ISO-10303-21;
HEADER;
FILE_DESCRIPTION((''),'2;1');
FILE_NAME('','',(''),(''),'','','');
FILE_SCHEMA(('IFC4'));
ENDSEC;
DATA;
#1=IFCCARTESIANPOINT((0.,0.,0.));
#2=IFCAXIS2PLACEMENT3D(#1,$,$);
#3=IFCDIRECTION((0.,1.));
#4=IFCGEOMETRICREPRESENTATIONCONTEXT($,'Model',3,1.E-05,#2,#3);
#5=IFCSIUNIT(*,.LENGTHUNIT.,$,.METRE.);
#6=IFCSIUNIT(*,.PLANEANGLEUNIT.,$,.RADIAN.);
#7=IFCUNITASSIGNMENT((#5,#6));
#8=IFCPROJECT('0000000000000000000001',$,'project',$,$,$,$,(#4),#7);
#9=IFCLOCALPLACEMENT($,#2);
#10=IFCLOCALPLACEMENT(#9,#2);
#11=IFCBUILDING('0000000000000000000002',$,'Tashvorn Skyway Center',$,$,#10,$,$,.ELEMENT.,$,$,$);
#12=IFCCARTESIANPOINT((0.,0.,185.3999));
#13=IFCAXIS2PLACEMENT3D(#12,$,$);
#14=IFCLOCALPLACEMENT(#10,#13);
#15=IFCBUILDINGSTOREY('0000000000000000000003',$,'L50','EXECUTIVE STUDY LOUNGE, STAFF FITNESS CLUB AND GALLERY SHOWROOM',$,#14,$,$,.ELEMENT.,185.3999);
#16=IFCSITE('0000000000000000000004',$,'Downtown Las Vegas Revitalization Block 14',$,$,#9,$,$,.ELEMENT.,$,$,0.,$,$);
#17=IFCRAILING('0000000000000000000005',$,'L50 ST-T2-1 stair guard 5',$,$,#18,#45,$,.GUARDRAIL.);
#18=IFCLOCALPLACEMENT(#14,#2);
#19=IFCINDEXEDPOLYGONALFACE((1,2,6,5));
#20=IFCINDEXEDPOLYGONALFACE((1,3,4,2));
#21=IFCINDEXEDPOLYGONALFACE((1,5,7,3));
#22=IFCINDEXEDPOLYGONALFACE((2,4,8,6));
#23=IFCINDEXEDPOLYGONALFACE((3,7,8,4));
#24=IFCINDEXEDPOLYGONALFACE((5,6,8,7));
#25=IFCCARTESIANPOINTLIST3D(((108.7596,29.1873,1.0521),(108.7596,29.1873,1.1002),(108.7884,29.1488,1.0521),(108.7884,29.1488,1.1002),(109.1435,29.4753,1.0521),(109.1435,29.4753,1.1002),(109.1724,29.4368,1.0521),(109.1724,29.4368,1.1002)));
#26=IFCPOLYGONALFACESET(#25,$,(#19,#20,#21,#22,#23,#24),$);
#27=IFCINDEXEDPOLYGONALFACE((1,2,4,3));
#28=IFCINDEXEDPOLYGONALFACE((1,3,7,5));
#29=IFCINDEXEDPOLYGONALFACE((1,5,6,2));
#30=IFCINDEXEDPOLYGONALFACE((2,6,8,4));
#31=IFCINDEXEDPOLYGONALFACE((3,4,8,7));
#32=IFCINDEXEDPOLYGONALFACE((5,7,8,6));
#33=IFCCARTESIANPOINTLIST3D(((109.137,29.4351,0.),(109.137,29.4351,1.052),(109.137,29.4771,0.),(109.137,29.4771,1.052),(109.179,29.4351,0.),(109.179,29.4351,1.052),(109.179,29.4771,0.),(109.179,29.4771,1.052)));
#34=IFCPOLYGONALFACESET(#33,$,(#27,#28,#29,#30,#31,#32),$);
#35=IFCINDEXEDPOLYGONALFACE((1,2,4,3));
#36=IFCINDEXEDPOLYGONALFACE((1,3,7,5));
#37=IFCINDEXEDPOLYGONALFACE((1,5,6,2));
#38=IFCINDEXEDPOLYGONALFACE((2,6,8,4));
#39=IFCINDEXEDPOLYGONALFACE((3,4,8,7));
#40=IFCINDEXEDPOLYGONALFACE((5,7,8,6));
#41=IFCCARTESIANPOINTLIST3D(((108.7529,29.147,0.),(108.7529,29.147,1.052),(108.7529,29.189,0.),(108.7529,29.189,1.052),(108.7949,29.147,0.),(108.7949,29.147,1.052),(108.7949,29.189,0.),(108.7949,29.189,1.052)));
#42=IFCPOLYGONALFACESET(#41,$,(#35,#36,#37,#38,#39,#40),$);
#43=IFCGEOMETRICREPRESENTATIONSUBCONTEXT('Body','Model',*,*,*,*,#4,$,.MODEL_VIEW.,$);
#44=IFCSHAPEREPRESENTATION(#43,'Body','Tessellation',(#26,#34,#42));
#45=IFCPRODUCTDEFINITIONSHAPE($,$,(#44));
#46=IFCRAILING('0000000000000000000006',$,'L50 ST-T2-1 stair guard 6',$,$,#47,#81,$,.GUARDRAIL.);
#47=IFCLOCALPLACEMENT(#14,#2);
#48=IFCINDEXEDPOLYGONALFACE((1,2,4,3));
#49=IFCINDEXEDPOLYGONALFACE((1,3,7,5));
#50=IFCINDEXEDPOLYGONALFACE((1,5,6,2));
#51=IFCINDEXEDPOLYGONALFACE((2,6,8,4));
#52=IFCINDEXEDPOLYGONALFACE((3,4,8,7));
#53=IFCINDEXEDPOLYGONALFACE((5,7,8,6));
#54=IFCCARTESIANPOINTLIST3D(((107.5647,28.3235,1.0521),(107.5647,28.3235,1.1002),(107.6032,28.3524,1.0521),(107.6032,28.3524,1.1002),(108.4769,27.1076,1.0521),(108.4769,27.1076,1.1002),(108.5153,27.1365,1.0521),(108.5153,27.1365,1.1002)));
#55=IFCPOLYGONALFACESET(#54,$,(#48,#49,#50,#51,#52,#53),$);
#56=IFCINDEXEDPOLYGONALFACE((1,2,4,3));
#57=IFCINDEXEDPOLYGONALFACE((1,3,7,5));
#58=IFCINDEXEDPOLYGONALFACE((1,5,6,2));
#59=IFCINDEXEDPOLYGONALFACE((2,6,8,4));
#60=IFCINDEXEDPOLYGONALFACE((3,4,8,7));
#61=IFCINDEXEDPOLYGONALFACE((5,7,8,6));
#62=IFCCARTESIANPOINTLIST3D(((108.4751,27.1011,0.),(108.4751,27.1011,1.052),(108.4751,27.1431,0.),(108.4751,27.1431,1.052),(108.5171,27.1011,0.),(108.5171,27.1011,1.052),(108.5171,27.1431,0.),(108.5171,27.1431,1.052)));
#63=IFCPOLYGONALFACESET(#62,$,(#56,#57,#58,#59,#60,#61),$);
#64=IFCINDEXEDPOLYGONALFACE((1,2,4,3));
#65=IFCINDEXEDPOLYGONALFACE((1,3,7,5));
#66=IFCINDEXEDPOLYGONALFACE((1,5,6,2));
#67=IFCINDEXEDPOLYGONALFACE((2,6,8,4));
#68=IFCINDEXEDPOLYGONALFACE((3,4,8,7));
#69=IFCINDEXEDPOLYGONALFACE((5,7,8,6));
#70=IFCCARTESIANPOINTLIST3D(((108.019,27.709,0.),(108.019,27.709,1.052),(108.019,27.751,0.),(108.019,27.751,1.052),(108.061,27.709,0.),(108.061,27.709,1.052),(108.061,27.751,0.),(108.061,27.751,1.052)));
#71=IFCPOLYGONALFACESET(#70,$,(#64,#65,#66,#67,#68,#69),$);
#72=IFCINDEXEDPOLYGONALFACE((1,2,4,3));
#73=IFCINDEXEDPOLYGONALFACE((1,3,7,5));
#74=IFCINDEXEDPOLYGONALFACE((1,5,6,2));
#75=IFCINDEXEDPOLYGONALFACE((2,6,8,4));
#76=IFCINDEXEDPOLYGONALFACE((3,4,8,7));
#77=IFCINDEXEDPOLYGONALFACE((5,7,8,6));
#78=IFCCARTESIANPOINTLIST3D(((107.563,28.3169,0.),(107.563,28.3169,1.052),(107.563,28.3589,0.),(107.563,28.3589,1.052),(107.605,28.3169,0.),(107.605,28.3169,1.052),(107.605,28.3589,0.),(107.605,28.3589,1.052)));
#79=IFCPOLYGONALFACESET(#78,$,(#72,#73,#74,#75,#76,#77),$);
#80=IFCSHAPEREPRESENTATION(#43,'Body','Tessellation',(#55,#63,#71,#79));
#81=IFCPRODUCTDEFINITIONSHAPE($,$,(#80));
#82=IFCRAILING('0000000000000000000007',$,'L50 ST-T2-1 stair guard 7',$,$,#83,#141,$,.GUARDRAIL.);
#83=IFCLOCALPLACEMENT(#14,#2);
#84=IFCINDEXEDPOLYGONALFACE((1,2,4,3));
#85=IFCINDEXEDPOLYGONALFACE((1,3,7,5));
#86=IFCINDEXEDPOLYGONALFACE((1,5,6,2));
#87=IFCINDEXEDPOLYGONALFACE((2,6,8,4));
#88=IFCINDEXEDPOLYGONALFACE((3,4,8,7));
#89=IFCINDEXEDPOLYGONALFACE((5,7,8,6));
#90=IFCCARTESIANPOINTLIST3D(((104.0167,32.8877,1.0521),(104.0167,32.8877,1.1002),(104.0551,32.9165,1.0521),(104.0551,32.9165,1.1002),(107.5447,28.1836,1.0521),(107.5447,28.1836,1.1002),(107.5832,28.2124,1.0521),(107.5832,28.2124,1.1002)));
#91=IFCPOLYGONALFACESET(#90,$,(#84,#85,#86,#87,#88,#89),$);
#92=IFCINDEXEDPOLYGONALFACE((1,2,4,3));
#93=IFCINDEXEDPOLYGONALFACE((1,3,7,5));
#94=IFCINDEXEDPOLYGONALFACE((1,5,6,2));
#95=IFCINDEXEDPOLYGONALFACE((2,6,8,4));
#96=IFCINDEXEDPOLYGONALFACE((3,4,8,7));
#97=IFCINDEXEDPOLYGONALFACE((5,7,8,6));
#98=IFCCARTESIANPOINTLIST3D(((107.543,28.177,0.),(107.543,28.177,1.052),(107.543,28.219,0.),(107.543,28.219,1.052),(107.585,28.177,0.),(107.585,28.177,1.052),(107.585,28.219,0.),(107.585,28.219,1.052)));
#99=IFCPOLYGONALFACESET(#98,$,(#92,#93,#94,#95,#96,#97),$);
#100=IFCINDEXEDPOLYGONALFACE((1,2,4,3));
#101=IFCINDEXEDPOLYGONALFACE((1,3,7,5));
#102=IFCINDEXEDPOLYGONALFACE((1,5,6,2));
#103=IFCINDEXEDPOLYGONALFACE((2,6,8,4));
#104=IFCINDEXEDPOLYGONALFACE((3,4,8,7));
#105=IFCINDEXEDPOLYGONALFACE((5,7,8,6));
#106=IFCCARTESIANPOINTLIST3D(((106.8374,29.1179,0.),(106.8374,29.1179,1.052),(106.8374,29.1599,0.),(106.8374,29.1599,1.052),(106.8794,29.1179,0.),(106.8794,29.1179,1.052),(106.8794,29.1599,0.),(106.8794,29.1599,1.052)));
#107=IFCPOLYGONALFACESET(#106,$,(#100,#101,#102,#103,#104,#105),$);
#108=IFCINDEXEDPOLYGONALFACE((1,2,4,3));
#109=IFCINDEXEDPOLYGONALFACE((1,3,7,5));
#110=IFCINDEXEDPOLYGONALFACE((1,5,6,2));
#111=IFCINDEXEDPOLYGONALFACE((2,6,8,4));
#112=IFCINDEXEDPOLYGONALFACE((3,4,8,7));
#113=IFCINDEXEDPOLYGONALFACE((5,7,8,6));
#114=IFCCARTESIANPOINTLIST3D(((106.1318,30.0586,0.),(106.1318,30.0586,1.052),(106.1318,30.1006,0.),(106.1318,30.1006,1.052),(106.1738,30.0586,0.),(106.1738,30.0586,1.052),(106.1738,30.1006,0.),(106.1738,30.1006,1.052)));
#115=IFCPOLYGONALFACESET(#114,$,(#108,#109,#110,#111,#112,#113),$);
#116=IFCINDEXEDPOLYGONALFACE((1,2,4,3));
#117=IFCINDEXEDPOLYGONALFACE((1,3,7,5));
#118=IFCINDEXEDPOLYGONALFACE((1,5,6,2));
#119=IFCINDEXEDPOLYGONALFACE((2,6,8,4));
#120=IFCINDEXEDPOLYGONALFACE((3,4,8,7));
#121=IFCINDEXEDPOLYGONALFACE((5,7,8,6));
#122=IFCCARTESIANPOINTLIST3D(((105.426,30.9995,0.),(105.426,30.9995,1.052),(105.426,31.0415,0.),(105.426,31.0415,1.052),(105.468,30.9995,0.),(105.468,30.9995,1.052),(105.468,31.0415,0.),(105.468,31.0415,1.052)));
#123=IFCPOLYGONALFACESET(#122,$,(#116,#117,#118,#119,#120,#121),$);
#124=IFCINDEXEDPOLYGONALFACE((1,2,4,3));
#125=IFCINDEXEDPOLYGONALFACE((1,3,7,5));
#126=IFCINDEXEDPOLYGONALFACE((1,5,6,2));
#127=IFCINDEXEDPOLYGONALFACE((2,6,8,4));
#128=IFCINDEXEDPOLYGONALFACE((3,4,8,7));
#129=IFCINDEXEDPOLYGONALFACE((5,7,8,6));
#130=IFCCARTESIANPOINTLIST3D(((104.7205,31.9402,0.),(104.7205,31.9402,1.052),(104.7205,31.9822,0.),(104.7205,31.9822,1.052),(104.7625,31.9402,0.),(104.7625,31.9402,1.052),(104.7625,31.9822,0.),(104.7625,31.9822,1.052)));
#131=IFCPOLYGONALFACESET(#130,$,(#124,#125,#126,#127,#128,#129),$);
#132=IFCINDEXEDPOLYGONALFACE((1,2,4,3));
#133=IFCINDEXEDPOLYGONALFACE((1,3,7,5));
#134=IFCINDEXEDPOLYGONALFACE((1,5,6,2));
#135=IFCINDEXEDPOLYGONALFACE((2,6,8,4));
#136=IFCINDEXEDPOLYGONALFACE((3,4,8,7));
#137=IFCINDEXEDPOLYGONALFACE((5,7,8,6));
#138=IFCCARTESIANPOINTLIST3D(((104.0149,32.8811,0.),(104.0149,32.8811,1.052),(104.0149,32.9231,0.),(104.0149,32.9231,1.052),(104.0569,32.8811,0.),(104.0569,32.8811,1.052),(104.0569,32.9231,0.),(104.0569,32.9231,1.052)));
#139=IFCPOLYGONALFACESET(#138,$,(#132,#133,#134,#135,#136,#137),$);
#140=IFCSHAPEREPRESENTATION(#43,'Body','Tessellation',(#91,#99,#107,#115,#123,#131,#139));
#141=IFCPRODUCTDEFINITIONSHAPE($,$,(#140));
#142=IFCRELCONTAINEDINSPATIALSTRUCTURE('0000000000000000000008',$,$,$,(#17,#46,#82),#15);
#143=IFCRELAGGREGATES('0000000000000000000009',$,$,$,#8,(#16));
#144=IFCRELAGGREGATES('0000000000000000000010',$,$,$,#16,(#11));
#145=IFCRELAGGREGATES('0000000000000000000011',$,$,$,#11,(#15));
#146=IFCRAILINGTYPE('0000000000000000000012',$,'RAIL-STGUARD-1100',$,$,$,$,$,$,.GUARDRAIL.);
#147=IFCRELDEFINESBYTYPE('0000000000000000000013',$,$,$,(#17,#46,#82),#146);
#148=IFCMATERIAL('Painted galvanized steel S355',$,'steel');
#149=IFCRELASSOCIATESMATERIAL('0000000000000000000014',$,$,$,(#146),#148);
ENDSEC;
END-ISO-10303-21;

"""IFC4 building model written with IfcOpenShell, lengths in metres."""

from ifc_helpers import new_model, si_unit, direction, frame, origin, origin_2d, place, context, subcontext, project, spatial, rectangle, extrude, material, type_object, element, save


model = new_model("IFC4")

# Units and contexts
model_context = context("Model", 3, precision=1e-05, world=origin(), true_north=direction((0.0, 1.0)))
body_context = subcontext(model_context, "Body", "Model", "MODEL_VIEW")
ifc_project = project(units=[si_unit("LENGTHUNIT", "METRE"), si_unit("PLANEANGLEUNIT", "RADIAN")], contexts=[model_context])

# Site, building, storey
site_placement = place(None, origin())
site = spatial("IfcSite", under=ifc_project, at=site_placement, Name="Downtown Las Vegas Revitalization Block 14", CompositionType="ELEMENT", RefElevation=0.0)
building_placement = place(site_placement, origin())
building = spatial("IfcBuilding", under=site, at=building_placement, Name="Tashvorn Skyway Center", CompositionType="ELEMENT")
storey_placement = place(building_placement, frame((0.0, 0.0, 185.3999)))
storey = spatial("IfcBuildingStorey", under=building, at=storey_placement, Name="L50", Description="EXECUTIVE STUDY LOUNGE, STAFF FITNESS CLUB AND GALLERY SHOWROOM", CompositionType="ELEMENT", Elevation=185.3999)

# Railings
ifc_material_1 = material(Name="Painted galvanized steel S355", Category="steel")
railing_type = type_object("IfcRailingType", Name="RAIL-STGUARD-1100", PredefinedType="GUARDRAIL", material=ifc_material_1)
railing_1_placement = place(storey_placement, frame((109.158, 29.4561, 0.0)))
element("IfcRailing", 1, at=railing_1_placement, inside=storey, type_object=railing_type, Name="L50 ST-T2-1 stair guard 5", PredefinedType="GUARDRAIL", context=body_context, shape_type="SweptSolid", body=[
    extrude(rectangle(XDim=0.0481, YDim=0.0481, at=origin_2d()), frame((0.0, 0.0, 1.0762), z_axis=(-0.799939, -0.600081, 0.0), x_axis=(0.600081, -0.799939, 0.0)), (0.0, 0.0, 1.0), 0.48),
    extrude(rectangle(XDim=0.042, YDim=0.042, at=origin_2d()), origin(), (0.0, 0.0, 1.0), 1.052),
    extrude(rectangle(XDim=0.042, YDim=0.042, at=origin_2d()), frame((-0.384, -0.2881, 0.0)), (0.0, 0.0, 1.0), 1.052),
])
railing_2_placement = place(storey_placement, frame((108.4961, 27.1221, 0.0)))
element("IfcRailing", 2, at=railing_2_placement, inside=storey, type_object=railing_type, Name="L50 ST-T2-1 stair guard 6", PredefinedType="GUARDRAIL", context=body_context, shape_type="SweptSolid", body=[
    extrude(rectangle(XDim=0.0481, YDim=0.0481, at=origin_2d()), frame((0.0, 0.0, 1.0762), z_axis=(-0.600103, 0.799923, 0.0), x_axis=(-0.799923, -0.600103, 0.0)), (0.0, 0.0, 1.0), 1.52),
    extrude(rectangle(XDim=0.042, YDim=0.042, at=origin_2d()), origin(), (0.0, 0.0, 1.0), 1.052),
    extrude(rectangle(XDim=0.042, YDim=0.042, at=origin_2d()), frame((-0.4561, 0.6079, 0.0)), (0.0, 0.0, 1.0), 1.052),
    extrude(rectangle(XDim=0.042, YDim=0.042, at=origin_2d()), frame((-0.9121, 1.2158, 0.0)), (0.0, 0.0, 1.0), 1.052),
])
railing_3_placement = place(storey_placement, frame((107.564, 28.198, 0.0)))
element("IfcRailing", 3, at=railing_3_placement, inside=storey, type_object=railing_type, Name="L50 ST-T2-1 stair guard 7", PredefinedType="GUARDRAIL", context=body_context, shape_type="SweptSolid", body=[
    extrude(rectangle(XDim=0.0481, YDim=0.0481, at=origin_2d()), frame((0.0, 0.0, 1.0762), z_axis=(-0.6, 0.8, 0.0), x_axis=(-0.8, -0.6, 0.0)), (0.0, 0.0, 1.0), 5.8801),
    extrude(rectangle(XDim=0.042, YDim=0.042, at=origin_2d()), origin(), (0.0, 0.0, 1.0), 1.052),
    extrude(rectangle(XDim=0.042, YDim=0.042, at=origin_2d()), frame((-0.7056, 0.9409, 0.0)), (0.0, 0.0, 1.0), 1.052),
    extrude(rectangle(XDim=0.042, YDim=0.042, at=origin_2d()), frame((-1.4111, 1.8816, 0.0)), (0.0, 0.0, 1.0), 1.052),
    extrude(rectangle(XDim=0.042, YDim=0.042, at=origin_2d()), frame((-2.1169, 2.8225, 0.0)), (0.0, 0.0, 1.0), 1.052),
    extrude(rectangle(XDim=0.042, YDim=0.042, at=origin_2d()), frame((-2.8225, 3.7632, 0.0)), (0.0, 0.0, 1.0), 1.052),
    extrude(rectangle(XDim=0.042, YDim=0.042, at=origin_2d()), frame((-3.5281, 4.7041, 0.0)), (0.0, 0.0, 1.0), 1.052),
])

save(model, "model.ifc")
